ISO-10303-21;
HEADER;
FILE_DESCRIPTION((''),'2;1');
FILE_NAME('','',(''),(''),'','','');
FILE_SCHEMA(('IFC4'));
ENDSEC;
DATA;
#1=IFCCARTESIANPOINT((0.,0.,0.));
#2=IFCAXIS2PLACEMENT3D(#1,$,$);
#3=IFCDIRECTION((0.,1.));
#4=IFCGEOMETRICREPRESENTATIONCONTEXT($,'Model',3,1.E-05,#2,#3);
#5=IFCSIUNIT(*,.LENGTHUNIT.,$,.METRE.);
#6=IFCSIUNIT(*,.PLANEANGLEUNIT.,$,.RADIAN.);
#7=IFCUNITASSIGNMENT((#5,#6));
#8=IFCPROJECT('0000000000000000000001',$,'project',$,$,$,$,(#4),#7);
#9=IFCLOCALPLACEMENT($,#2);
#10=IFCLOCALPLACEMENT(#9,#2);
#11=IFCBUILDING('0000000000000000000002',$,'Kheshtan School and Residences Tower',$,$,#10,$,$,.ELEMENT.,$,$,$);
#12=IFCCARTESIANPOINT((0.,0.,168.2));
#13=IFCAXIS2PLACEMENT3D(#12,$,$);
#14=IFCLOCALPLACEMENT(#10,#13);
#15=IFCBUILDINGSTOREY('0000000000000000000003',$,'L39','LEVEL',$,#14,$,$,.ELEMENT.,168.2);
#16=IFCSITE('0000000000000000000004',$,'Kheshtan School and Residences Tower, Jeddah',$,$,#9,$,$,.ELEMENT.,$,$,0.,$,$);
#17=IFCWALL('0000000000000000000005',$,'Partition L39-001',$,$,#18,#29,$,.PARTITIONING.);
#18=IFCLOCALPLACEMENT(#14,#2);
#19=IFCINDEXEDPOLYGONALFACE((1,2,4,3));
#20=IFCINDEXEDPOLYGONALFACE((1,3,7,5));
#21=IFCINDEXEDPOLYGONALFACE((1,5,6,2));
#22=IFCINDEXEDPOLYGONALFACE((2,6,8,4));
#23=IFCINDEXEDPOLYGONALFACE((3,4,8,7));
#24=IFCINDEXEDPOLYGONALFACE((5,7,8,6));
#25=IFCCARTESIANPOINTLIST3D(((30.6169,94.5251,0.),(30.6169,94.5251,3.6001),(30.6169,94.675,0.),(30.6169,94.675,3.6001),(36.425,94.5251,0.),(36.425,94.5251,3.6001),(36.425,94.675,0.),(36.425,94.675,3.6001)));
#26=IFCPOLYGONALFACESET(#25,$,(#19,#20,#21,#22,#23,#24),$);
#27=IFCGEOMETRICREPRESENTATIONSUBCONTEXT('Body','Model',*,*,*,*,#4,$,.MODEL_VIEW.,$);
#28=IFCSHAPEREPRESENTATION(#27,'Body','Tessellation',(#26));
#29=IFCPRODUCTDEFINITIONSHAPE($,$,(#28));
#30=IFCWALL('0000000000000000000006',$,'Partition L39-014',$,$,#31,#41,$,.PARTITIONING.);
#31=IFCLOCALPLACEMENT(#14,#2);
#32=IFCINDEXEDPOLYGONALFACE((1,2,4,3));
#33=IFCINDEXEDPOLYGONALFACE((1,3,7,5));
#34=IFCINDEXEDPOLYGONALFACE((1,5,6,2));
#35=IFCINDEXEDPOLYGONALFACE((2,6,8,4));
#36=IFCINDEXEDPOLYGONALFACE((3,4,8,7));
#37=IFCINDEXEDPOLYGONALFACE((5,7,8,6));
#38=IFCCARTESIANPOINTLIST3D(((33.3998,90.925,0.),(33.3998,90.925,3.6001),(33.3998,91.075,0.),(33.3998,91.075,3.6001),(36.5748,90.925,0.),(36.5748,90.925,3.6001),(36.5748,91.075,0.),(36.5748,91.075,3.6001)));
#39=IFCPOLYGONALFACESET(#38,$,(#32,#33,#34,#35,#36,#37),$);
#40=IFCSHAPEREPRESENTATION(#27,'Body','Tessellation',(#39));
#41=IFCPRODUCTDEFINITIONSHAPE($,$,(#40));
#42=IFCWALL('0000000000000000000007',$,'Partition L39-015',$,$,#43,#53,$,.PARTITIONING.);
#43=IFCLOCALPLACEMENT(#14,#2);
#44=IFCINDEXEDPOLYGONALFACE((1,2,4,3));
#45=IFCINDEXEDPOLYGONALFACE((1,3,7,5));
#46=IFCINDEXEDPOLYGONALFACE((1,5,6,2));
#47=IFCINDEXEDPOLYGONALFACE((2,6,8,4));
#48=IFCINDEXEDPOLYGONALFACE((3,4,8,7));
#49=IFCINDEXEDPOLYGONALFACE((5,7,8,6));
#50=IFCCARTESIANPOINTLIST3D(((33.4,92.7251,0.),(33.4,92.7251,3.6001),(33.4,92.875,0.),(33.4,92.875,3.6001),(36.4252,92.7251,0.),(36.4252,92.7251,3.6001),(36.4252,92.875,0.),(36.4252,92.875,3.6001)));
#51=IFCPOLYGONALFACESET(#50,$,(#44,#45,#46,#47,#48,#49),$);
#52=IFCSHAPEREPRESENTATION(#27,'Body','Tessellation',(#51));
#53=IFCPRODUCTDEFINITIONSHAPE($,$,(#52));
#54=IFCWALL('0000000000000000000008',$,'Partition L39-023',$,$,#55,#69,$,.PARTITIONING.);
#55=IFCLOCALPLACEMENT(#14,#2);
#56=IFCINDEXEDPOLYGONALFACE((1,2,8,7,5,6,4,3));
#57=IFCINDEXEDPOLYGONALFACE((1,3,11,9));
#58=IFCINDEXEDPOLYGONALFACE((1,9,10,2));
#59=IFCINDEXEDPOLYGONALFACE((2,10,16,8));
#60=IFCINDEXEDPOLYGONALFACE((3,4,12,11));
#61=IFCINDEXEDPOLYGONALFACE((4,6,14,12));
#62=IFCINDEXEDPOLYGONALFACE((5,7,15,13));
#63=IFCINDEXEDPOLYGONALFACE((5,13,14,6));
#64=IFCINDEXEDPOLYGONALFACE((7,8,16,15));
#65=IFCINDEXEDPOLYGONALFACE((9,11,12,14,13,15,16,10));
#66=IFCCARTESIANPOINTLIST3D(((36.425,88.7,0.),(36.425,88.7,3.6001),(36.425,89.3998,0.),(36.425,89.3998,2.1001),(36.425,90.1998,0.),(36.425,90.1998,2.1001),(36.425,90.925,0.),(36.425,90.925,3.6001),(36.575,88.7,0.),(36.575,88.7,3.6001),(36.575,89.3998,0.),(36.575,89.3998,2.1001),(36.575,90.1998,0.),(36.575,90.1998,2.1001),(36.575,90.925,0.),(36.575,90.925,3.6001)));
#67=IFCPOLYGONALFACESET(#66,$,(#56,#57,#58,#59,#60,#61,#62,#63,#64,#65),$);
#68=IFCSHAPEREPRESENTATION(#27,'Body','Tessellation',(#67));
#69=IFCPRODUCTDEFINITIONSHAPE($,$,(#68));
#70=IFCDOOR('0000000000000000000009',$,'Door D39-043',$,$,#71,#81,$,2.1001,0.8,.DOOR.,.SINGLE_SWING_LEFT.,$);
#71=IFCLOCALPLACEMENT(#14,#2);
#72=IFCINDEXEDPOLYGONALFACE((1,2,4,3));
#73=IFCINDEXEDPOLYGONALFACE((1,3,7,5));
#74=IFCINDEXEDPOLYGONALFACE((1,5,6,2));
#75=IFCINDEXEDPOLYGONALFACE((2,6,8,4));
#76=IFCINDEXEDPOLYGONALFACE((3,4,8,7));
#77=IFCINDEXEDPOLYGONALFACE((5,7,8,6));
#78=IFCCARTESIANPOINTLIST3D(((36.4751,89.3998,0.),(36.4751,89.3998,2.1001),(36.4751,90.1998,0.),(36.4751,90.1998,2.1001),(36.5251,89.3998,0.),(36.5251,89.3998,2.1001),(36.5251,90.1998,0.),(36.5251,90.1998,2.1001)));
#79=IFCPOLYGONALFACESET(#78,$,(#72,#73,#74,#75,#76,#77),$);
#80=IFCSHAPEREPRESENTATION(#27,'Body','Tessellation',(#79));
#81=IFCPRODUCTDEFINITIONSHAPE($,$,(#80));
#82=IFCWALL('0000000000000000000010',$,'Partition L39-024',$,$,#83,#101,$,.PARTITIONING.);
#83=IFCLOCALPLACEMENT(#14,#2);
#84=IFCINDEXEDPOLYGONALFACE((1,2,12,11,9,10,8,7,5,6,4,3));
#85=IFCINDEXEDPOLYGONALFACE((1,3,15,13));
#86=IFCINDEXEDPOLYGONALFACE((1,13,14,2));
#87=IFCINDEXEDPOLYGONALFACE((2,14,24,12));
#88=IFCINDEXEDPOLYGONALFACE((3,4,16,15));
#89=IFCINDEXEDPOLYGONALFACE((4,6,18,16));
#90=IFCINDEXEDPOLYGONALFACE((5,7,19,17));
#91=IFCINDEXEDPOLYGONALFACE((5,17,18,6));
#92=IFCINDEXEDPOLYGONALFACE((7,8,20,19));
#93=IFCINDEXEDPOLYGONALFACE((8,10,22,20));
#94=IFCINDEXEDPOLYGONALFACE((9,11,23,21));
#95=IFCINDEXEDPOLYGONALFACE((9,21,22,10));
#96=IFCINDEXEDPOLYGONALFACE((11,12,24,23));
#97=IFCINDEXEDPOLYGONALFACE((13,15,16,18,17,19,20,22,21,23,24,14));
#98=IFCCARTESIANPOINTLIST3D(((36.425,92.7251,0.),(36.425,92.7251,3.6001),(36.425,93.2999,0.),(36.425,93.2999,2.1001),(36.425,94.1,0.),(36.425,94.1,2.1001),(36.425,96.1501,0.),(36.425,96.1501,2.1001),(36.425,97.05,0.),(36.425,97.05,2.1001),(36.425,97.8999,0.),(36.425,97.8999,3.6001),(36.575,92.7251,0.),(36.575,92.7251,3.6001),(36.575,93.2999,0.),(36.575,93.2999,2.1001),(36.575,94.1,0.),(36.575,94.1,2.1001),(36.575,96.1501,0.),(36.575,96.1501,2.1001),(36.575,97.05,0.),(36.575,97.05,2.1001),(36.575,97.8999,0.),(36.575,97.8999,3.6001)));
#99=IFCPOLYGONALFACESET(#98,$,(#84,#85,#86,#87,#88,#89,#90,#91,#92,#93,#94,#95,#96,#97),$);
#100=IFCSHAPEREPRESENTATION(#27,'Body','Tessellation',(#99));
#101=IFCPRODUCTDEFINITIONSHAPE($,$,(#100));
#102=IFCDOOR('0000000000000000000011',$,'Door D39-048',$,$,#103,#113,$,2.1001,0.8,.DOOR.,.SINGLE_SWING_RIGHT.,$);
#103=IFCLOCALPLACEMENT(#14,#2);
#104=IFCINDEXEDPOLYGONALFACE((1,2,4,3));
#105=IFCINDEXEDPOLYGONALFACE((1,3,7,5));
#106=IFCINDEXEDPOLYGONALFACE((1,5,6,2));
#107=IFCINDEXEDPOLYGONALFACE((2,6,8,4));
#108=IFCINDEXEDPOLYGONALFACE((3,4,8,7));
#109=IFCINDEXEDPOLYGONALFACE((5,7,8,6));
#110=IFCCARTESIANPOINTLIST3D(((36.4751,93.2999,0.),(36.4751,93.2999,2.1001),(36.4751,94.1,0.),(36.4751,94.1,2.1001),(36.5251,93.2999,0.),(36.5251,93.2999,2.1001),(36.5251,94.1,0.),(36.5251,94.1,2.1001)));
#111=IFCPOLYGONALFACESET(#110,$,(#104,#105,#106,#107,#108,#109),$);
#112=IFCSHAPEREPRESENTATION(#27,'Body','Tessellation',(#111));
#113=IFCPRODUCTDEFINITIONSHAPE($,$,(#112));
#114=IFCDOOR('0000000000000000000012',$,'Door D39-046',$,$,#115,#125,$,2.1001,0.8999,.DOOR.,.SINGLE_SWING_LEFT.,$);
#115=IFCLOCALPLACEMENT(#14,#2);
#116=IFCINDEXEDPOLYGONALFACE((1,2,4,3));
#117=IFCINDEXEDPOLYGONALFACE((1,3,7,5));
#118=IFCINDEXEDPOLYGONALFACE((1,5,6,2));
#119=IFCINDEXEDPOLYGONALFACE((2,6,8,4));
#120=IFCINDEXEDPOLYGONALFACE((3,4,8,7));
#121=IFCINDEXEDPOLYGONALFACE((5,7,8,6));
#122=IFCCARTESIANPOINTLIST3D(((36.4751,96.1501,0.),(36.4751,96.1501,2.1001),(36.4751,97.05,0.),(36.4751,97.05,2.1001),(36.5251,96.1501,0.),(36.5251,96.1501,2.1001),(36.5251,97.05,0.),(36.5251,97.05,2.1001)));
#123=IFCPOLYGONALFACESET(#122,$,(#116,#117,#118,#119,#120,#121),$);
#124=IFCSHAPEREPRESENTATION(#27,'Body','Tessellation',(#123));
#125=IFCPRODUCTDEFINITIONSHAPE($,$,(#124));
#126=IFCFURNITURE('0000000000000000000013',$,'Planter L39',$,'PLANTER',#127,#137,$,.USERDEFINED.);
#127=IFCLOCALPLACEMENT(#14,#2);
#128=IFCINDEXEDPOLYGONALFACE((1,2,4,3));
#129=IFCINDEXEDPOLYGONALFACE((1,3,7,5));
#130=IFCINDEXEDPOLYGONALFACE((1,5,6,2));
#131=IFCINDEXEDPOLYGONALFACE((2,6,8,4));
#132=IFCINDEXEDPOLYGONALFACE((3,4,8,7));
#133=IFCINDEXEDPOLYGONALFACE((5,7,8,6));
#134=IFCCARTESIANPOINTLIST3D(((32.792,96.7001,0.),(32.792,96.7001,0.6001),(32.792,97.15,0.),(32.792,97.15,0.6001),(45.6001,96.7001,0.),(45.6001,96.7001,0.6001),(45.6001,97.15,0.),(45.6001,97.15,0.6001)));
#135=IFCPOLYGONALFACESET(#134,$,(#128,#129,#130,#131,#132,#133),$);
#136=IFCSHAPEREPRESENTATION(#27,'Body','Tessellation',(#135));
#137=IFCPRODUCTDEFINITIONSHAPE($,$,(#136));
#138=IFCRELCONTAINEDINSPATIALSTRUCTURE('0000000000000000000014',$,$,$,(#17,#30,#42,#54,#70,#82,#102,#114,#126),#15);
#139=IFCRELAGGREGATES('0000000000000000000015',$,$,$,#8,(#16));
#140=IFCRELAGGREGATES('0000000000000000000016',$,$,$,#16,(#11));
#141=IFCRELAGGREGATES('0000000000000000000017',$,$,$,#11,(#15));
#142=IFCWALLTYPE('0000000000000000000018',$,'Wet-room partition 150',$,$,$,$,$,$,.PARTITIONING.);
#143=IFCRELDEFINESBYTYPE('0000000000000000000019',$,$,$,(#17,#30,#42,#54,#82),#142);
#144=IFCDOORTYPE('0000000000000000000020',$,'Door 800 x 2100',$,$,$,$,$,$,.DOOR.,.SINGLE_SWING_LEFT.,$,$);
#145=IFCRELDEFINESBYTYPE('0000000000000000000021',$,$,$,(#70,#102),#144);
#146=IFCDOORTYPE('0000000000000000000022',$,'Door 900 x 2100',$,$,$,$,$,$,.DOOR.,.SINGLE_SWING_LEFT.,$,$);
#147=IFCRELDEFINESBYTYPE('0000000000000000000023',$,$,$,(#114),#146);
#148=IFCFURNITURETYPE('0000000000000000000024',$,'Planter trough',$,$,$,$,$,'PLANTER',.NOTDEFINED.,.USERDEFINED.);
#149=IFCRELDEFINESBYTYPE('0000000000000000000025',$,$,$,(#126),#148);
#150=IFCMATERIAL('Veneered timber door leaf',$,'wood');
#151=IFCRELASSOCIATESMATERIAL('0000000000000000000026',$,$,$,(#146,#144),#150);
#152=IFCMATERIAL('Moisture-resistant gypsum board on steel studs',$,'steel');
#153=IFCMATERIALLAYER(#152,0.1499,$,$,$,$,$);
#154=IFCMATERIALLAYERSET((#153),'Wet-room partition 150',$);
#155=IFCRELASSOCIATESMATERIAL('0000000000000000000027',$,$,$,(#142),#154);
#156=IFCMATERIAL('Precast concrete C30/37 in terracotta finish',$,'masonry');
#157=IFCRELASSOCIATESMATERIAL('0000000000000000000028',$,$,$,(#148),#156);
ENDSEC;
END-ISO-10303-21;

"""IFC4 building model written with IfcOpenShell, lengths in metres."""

from ifc_helpers import new_model, si_unit, direction, frame, frame_2d, origin, origin_2d, place, context, subcontext, project, spatial, rectangle, extrude, source, transform, mapped, material, layer, layer_set, type_object, element, fill, save


model = new_model("IFC4")

# Units and contexts
model_context = context("Model", 3, precision=1e-05, world=origin(), true_north=direction((0.0, 1.0)))
body_context = subcontext(model_context, "Body", "Model", "MODEL_VIEW")
ifc_project = project(units=[si_unit("LENGTHUNIT", "METRE"), si_unit("PLANEANGLEUNIT", "RADIAN")], contexts=[model_context])

# Site, building, storey
site_placement = place(None, origin())
site = spatial("IfcSite", under=ifc_project, at=site_placement, Name="Kheshtan School and Residences Tower, Jeddah", CompositionType="ELEMENT", RefElevation=0.0)
building_placement = place(site_placement, origin())
building = spatial("IfcBuilding", under=site, at=building_placement, Name="Kheshtan School and Residences Tower", CompositionType="ELEMENT")
storey_placement = place(building_placement, frame((0.0, 0.0, 168.2)))
storey = spatial("IfcBuildingStorey", under=building, at=storey_placement, Name="L39", Description="LEVEL", CompositionType="ELEMENT", Elevation=168.2)

# Shared definitions
ifc_material_1 = material(Name="Veneered timber door leaf", Category="wood")
door_type_1 = type_object("IfcDoorType", Name="Door 900 x 2100", OperationType="SINGLE_SWING_LEFT", PredefinedType="DOOR", material=ifc_material_1)
shared_shape_1 = source(origin(), body_context, "Body", "SweptSolid", [
    extrude(rectangle(XDim=0.8999, YDim=2.1001, at=frame_2d((0.45, 1.05))), frame((0.0, 0.0249, 0.0), z_axis=(0.0, -1.0, 0.0), x_axis=(1.0, 0.0, 0.0)), (0.0, 0.0, 1.0), 0.05),
])

# Walls
ifc_material_2 = material(Name="Moisture-resistant gypsum board on steel studs", Category="steel")
ifc_layer_1 = layer(ifc_material_2, 0.1499)
ifc_layer_set_1 = layer_set([ifc_layer_1], Name="Wet-room partition 150")
wall_type_1 = type_object("IfcWallType", Name="Wet-room partition 150", PredefinedType="PARTITIONING", material=ifc_layer_set_1)
wall_1_placement = place(storey_placement, frame((30.6169, 94.6001, 0.0), z_axis=(0.0, 0.0, 1.0), x_axis=(1.0, 0.0, 0.0)))
element("IfcWall", 1, at=wall_1_placement, inside=storey, type_object=wall_type_1, Name="Partition L39-001", PredefinedType="PARTITIONING", context=body_context, shape_type="SweptSolid", body=[
    extrude(rectangle(XDim=5.8081, YDim=0.1499, at=frame_2d((2.9041, 0.0))), origin(), (0.0, 0.0, 1.0), 3.6001),
])
wall_2_placement = place(storey_placement, frame((33.3999, 91.0, 0.0), z_axis=(0.0, 0.0, 1.0), x_axis=(1.0, 0.0, 0.0)))
element("IfcWall", 2, at=wall_2_placement, inside=storey, type_object=wall_type_1, Name="Partition L39-014", PredefinedType="PARTITIONING", context=body_context, shape_type="SweptSolid", body=[
    extrude(rectangle(XDim=3.175, YDim=0.1499, at=frame_2d((1.5874, 0.0))), origin(), (0.0, 0.0, 1.0), 3.6001),
])
wall_3_placement = place(storey_placement, frame((33.3999, 92.8, 0.0), z_axis=(0.0, 0.0, 1.0), x_axis=(1.0, 0.0, 0.0)))
element("IfcWall", 3, at=wall_3_placement, inside=storey, type_object=wall_type_1, Name="Partition L39-015", PredefinedType="PARTITIONING", context=body_context, shape_type="SweptSolid", body=[
    extrude(rectangle(XDim=3.0251, YDim=0.1499, at=frame_2d((1.5127, 0.0))), origin(), (0.0, 0.0, 1.0), 3.6001),
])

# Wall, opening, door
wall_4_placement = place(storey_placement, frame((36.5, 88.7, 0.0), z_axis=(0.0, 0.0, 1.0), x_axis=(0.0, 1.0, 0.0)))
wall_4 = element("IfcWall", 4, at=wall_4_placement, inside=storey, type_object=wall_type_1, Name="Partition L39-023", PredefinedType="PARTITIONING", context=body_context, shape_type="SweptSolid", body=[
    extrude(rectangle(XDim=2.2251, YDim=0.1499, at=frame_2d((1.1125, 0.0))), origin(), (0.0, 0.0, 1.0), 3.6001),
])
opening_1_placement = place(wall_4_placement, frame((0.7, 0.0, 0.0)))
opening_1 = element("IfcOpeningElement", 5, at=opening_1_placement, cuts=wall_4, PredefinedType="OPENING", context=body_context, shape_type="SweptSolid", body=[
    extrude(rectangle(XDim=0.8, YDim=2.1001, at=frame_2d((0.3999, 1.05))), frame((0.0, 0.085, 0.0), z_axis=(0.0, -1.0, 0.0), x_axis=(1.0, 0.0, 0.0)), (0.0, 0.0, 1.0), 0.1699),
])
door_type_2 = type_object("IfcDoorType", Name="Door 800 x 2100", OperationType="SINGLE_SWING_LEFT", PredefinedType="DOOR", material=ifc_material_1)
shared_shape_2 = source(origin(), body_context, "Body", "SweptSolid", [
    extrude(rectangle(XDim=0.8, YDim=2.1001, at=frame_2d((0.3999, 1.05))), frame((0.0, 0.0249, 0.0), z_axis=(0.0, -1.0, 0.0), x_axis=(1.0, 0.0, 0.0)), (0.0, 0.0, 1.0), 0.05),
])
door_1_placement = place(opening_1_placement, origin())
door_1 = element("IfcDoor", 6, at=door_1_placement, inside=storey, type_object=door_type_2, Name="Door D39-043", OperationType="SINGLE_SWING_LEFT", OverallHeight=2.1001, OverallWidth=0.8, PredefinedType="DOOR", context=body_context, shape_type="MappedRepresentation", body=[
    mapped(shared_shape_2, transform((0.0, 0.0, 0.0), x_axis=(1.0, 0.0, 0.0), y_axis=(0.0, 1.0, 0.0), z_axis=(0.0, 0.0, 1.0), scale=1.0)),
])
fill(opening_1, door_1)

# Wall, openings, doors
wall_5_placement = place(storey_placement, frame((36.5, 92.7251, 0.0), z_axis=(0.0, 0.0, 1.0), x_axis=(0.0, 1.0, 0.0)))
wall_5 = element("IfcWall", 7, at=wall_5_placement, inside=storey, type_object=wall_type_1, Name="Partition L39-024", PredefinedType="PARTITIONING", context=body_context, shape_type="SweptSolid", body=[
    extrude(rectangle(XDim=5.1748, YDim=0.1499, at=frame_2d((2.5874, 0.0))), origin(), (0.0, 0.0, 1.0), 3.6001),
])
opening_2_placement = place(wall_5_placement, frame((3.425, 0.0, 0.0)))
opening_2 = element("IfcOpeningElement", 8, at=opening_2_placement, cuts=wall_5, PredefinedType="OPENING", context=body_context, shape_type="SweptSolid", body=[
    extrude(rectangle(XDim=0.8999, YDim=2.1001, at=frame_2d((0.45, 1.05))), frame((0.0, 0.085, 0.0), z_axis=(0.0, -1.0, 0.0), x_axis=(1.0, 0.0, 0.0)), (0.0, 0.0, 1.0), 0.1699),
])
opening_3_placement = place(wall_5_placement, frame((0.575, 0.0, 0.0)))
opening_3 = element("IfcOpeningElement", 9, at=opening_3_placement, cuts=wall_5, PredefinedType="OPENING", context=body_context, shape_type="SweptSolid", body=[
    extrude(rectangle(XDim=0.8, YDim=2.1001, at=frame_2d((0.3999, 1.05))), frame((0.0, 0.085, 0.0), z_axis=(0.0, -1.0, 0.0), x_axis=(1.0, 0.0, 0.0)), (0.0, 0.0, 1.0), 0.1699),
])
door_2_placement = place(opening_3_placement, origin())
door_2 = element("IfcDoor", 10, at=door_2_placement, inside=storey, type_object=door_type_2, Name="Door D39-048", OperationType="SINGLE_SWING_RIGHT", OverallHeight=2.1001, OverallWidth=0.8, PredefinedType="DOOR", context=body_context, shape_type="MappedRepresentation", body=[
    mapped(shared_shape_2, transform((0.0, 0.0, 0.0), x_axis=(1.0, 0.0, 0.0), y_axis=(0.0, 1.0, 0.0), z_axis=(0.0, 0.0, 1.0), scale=1.0)),
])
fill(opening_3, door_2)
door_3_placement = place(opening_2_placement, origin())
door_3 = element("IfcDoor", 11, at=door_3_placement, inside=storey, type_object=door_type_1, Name="Door D39-046", OperationType="SINGLE_SWING_LEFT", OverallHeight=2.1001, OverallWidth=0.8999, PredefinedType="DOOR", context=body_context, shape_type="MappedRepresentation", body=[
    mapped(shared_shape_1, transform((0.0, 0.0, 0.0), x_axis=(1.0, 0.0, 0.0), y_axis=(0.0, 1.0, 0.0), z_axis=(0.0, 0.0, 1.0), scale=1.0)),
])
fill(opening_2, door_3)

# Furniture
ifc_material_3 = material(Name="Precast concrete C30/37 in terracotta finish", Category="masonry")
furniture_type = type_object("IfcFurnitureType", Name="Planter trough", ElementType="PLANTER", AssemblyPlace="NOTDEFINED", PredefinedType="USERDEFINED", material=ifc_material_3)
furniture_placement = place(storey_placement, frame((39.196, 96.925, 0.0), z_axis=(0.0, 0.0, 1.0), x_axis=(1.0, 0.0, 0.0)))
element("IfcFurniture", 12, at=furniture_placement, inside=storey, type_object=furniture_type, Name="Planter L39", ObjectType="PLANTER", PredefinedType="USERDEFINED", context=body_context, shape_type="SweptSolid", body=[
    extrude(rectangle(XDim=12.8081, YDim=0.45, at=origin_2d()), origin(), (0.0, 0.0, 1.0), 0.6001),
])

save(model, "model.ifc")
